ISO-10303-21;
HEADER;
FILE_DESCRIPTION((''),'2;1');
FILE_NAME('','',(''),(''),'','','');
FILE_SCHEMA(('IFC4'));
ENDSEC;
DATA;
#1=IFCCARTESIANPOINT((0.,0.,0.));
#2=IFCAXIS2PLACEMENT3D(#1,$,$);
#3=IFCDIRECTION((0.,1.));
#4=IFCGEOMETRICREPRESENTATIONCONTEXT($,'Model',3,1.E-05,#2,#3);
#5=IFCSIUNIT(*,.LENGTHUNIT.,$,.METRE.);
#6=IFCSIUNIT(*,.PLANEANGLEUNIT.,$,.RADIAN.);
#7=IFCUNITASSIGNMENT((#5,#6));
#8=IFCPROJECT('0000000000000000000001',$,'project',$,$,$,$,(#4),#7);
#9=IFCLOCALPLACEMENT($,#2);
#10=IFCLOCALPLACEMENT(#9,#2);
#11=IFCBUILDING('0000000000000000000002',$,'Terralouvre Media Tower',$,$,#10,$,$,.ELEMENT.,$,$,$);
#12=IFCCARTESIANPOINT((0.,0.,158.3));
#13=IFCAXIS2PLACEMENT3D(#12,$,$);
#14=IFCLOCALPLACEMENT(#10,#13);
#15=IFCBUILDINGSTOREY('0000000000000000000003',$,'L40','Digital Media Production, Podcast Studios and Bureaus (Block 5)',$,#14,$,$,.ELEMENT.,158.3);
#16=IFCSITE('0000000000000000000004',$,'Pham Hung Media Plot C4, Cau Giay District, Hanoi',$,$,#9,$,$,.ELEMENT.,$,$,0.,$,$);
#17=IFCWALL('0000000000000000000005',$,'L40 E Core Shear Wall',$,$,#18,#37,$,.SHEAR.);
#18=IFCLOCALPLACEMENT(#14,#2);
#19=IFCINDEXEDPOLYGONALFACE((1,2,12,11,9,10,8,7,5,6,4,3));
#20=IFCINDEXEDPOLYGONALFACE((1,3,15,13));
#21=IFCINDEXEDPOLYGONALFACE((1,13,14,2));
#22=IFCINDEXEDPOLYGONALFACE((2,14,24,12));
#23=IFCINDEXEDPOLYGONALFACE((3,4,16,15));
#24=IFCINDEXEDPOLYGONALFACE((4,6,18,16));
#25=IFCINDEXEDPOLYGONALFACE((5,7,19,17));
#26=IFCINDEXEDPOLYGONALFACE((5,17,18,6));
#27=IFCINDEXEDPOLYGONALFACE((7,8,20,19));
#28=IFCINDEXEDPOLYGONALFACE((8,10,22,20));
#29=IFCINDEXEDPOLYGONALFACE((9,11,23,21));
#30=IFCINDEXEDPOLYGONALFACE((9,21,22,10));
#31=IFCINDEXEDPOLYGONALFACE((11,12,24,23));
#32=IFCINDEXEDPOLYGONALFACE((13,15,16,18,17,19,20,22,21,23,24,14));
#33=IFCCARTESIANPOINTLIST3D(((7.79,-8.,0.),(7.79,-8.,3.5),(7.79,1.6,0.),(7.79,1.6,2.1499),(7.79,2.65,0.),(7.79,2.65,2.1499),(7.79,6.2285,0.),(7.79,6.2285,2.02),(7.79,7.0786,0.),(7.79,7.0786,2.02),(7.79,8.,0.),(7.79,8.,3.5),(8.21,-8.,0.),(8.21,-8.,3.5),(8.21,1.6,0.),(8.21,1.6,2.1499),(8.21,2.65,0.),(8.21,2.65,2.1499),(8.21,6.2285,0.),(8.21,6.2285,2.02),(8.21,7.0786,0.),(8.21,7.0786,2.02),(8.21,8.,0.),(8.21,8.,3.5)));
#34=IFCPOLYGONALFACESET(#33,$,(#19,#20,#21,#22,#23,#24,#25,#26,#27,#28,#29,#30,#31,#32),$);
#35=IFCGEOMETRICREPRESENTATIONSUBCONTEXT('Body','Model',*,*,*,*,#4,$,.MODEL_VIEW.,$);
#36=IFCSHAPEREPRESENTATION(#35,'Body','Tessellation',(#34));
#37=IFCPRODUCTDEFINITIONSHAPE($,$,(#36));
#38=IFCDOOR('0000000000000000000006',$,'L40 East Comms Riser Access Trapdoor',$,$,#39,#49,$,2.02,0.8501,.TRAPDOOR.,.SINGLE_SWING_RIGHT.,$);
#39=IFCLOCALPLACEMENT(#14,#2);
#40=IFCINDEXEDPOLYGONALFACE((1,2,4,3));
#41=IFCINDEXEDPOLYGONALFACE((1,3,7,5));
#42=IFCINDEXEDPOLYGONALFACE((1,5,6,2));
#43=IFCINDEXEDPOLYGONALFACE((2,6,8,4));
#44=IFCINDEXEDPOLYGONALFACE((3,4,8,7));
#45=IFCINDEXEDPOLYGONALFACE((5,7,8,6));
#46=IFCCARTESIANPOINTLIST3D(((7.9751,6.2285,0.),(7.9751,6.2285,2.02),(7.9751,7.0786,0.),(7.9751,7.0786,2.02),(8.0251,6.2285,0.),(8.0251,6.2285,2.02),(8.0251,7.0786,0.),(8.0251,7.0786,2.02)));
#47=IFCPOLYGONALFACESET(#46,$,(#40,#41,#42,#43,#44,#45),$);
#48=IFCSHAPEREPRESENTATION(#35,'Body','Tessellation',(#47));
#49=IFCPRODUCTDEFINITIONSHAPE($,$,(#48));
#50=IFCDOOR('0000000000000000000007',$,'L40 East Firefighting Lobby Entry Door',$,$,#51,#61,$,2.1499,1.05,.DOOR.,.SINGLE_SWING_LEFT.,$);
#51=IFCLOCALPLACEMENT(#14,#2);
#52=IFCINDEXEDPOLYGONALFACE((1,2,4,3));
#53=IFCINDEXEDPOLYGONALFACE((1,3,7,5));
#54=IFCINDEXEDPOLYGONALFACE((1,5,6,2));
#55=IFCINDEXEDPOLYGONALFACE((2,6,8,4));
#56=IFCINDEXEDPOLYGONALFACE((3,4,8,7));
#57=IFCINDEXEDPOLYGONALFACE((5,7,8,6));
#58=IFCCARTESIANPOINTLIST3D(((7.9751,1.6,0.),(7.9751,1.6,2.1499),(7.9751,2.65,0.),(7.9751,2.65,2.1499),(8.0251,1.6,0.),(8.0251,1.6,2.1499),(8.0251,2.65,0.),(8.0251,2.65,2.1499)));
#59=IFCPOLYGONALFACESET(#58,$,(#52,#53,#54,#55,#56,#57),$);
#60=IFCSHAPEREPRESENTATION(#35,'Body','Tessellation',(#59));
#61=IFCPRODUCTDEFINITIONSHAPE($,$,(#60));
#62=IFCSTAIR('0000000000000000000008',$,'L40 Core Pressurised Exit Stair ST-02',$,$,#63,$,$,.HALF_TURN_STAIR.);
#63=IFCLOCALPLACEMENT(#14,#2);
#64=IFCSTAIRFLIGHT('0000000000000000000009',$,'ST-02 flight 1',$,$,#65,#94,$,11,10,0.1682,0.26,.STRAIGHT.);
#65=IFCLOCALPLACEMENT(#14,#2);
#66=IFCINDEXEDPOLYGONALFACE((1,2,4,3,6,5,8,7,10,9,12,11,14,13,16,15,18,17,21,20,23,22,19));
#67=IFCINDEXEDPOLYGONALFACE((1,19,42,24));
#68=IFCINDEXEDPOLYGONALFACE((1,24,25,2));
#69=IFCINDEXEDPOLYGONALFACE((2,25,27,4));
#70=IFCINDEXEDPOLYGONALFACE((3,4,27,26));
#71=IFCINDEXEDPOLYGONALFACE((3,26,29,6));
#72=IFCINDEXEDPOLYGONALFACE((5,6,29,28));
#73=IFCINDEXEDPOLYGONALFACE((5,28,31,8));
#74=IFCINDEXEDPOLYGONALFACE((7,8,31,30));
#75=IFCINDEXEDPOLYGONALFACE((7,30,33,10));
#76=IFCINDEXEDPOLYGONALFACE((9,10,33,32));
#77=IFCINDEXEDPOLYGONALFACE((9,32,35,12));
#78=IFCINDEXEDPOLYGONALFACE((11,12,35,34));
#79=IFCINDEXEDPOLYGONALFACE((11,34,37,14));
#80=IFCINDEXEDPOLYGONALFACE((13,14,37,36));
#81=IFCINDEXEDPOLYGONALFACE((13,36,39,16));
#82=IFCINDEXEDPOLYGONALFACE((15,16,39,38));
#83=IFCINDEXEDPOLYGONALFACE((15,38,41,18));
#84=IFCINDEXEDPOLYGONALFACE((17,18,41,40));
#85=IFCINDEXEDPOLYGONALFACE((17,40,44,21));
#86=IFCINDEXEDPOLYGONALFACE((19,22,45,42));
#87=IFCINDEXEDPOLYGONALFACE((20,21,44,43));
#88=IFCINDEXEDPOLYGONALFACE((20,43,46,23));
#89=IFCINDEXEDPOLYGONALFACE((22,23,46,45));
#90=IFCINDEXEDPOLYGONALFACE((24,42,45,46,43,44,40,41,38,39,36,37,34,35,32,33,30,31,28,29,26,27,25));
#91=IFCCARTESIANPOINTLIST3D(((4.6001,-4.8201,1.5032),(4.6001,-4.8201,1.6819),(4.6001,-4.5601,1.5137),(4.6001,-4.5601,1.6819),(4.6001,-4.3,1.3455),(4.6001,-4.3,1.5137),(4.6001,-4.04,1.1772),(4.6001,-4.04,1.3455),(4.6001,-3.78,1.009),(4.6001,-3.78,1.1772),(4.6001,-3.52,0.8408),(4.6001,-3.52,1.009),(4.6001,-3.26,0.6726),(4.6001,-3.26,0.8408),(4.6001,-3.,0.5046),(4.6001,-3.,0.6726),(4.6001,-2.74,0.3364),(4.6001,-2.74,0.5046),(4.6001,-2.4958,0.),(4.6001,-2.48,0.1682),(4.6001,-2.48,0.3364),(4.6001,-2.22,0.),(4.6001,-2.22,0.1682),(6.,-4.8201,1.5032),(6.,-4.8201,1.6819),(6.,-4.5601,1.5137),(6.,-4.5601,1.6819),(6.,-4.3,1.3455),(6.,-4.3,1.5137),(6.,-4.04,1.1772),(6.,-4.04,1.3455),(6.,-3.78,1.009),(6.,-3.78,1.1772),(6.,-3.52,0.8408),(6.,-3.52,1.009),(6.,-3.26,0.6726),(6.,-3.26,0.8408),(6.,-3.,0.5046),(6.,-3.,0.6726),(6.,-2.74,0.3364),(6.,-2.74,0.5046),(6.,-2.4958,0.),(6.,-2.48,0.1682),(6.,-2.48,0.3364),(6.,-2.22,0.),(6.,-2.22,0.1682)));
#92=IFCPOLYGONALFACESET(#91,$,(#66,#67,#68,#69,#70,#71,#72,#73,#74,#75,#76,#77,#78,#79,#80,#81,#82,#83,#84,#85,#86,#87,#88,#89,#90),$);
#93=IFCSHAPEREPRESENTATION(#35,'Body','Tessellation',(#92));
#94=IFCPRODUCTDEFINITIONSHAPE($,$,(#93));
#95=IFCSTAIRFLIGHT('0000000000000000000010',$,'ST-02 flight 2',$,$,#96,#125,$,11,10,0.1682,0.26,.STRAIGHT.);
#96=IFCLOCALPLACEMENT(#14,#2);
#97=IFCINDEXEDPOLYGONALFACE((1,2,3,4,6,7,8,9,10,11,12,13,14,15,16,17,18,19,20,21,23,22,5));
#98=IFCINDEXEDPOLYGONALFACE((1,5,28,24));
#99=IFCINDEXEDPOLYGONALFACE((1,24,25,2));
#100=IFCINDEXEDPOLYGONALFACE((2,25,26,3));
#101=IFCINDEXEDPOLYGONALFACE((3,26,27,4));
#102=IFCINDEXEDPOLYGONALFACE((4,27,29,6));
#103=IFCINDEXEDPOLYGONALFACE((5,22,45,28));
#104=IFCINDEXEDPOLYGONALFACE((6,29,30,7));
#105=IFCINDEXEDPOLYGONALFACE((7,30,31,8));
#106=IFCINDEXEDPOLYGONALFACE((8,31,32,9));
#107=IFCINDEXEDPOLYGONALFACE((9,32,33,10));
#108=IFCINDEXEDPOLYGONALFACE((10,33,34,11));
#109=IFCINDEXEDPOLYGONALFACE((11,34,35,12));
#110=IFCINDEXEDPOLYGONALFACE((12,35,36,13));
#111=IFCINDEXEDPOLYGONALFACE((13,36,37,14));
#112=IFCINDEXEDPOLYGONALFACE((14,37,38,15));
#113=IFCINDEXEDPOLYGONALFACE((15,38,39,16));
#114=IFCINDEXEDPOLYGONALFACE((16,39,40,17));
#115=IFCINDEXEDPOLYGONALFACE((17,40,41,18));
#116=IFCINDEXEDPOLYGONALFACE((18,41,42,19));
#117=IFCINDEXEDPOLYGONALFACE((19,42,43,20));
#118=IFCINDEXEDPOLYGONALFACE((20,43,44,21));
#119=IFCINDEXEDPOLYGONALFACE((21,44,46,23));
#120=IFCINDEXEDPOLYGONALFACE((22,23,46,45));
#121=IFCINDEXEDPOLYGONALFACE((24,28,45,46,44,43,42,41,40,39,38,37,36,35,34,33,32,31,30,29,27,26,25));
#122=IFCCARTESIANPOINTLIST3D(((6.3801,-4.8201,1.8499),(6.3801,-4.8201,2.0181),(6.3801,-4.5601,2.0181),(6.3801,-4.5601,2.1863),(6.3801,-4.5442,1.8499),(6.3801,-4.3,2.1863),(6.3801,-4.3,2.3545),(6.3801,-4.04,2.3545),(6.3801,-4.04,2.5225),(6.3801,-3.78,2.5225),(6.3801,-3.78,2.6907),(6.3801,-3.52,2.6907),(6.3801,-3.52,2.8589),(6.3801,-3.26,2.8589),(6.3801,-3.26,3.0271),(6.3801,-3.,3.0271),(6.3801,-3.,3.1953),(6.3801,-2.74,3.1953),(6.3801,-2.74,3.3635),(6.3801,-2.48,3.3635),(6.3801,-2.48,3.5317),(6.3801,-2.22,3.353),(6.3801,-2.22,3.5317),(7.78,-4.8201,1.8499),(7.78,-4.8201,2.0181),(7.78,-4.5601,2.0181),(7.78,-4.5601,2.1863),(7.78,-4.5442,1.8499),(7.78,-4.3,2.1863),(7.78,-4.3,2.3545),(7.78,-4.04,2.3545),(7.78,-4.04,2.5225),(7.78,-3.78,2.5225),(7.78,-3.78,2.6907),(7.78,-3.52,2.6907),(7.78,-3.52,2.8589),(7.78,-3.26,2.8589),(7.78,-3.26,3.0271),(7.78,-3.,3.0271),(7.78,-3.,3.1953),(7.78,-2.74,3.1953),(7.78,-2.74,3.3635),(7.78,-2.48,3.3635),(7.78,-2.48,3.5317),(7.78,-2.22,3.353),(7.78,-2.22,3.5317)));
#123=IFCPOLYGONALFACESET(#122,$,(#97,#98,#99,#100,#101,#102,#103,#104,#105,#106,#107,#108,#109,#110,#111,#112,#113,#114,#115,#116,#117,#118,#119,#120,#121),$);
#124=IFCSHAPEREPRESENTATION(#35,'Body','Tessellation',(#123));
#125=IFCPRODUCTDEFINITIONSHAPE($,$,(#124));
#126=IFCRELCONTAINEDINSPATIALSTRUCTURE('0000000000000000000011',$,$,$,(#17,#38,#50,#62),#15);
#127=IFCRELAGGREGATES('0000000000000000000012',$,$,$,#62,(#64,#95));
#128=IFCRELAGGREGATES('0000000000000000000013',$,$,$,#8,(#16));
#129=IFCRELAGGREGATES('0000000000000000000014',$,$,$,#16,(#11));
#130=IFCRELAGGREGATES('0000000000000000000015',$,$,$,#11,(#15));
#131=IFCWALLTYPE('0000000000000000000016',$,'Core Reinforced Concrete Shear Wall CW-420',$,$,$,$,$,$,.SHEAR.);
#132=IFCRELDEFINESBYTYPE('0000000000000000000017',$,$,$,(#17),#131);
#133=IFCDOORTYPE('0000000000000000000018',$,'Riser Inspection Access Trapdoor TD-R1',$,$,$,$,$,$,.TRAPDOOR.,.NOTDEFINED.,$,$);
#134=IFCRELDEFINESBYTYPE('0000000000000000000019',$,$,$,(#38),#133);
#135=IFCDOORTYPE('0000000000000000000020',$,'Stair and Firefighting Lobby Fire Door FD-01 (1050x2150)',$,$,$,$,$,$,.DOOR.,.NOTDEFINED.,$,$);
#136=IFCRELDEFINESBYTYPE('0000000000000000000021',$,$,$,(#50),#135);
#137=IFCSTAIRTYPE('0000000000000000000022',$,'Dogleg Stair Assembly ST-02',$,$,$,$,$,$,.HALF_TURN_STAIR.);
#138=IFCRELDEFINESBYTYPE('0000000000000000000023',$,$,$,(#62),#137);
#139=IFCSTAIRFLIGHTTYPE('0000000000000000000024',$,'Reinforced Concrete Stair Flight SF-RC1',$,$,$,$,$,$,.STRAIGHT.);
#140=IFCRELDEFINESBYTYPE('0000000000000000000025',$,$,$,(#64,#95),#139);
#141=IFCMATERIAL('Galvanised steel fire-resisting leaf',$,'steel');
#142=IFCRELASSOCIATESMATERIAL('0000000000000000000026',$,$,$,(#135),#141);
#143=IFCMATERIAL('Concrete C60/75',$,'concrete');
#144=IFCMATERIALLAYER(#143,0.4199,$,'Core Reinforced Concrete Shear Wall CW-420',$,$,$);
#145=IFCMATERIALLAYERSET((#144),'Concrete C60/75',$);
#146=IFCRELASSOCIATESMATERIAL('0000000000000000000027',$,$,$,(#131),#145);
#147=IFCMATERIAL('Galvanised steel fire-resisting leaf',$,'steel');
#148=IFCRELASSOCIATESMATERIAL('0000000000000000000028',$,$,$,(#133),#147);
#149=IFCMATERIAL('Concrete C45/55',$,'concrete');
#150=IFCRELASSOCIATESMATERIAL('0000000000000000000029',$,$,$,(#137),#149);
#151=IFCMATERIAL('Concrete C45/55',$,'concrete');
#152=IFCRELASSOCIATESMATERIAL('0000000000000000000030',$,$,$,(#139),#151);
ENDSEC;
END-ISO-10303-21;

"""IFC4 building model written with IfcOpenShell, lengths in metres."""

from ifc_helpers import new_model, si_unit, direction, frame, frame_2d, origin, place, context, subcontext, project, spatial, polyline, rectangle, outline, extrude, material, layer, layer_set, type_object, element, fill, aggregate, save


model = new_model("IFC4")

# Units and contexts
model_context = context("Model", 3, precision=1e-05, world=origin(), true_north=direction((0.0, 1.0)))
body_context = subcontext(model_context, "Body", "Model", "MODEL_VIEW")
ifc_project = project(units=[si_unit("LENGTHUNIT", "METRE"), si_unit("PLANEANGLEUNIT", "RADIAN")], contexts=[model_context])

# Site, building, storey
site_placement = place(None, origin())
site = spatial("IfcSite", under=ifc_project, at=site_placement, Name="Pham Hung Media Plot C4, Cau Giay District, Hanoi", CompositionType="ELEMENT", RefElevation=0.0)
building_placement = place(site_placement, origin())
building = spatial("IfcBuilding", under=site, at=building_placement, Name="Terralouvre Media Tower", CompositionType="ELEMENT")
storey_placement = place(building_placement, frame((0.0, 0.0, 158.3)))
storey = spatial("IfcBuildingStorey", under=building, at=storey_placement, Name="L40", Description="Digital Media Production, Podcast Studios and Bureaus (Block 5)", CompositionType="ELEMENT", Elevation=158.3)

# Shared definitions
ifc_material_1 = material(Name="Galvanised steel fire-resisting leaf", Category="steel")
door_type_1 = type_object("IfcDoorType", Name="Stair and Firefighting Lobby Fire Door FD-01 (1050x2150)", OperationType="NOTDEFINED", PredefinedType="DOOR", material=ifc_material_1)

# Wall, openings, doors
ifc_material_2 = material(Name="Concrete C60/75", Category="concrete")
ifc_layer_1 = layer(ifc_material_2, 0.4199, Name="Core Reinforced Concrete Shear Wall CW-420")
ifc_layer_set_1 = layer_set([ifc_layer_1], Name="Concrete C60/75")
wall_type_1 = type_object("IfcWallType", Name="Core Reinforced Concrete Shear Wall CW-420", PredefinedType="SHEAR", material=ifc_layer_set_1)
wall_1_placement = place(storey_placement, frame((8.0, -8.0, 0.0), z_axis=(0.0, 0.0, 1.0), x_axis=(0.0, 1.0, 0.0)))
wall_1 = element("IfcWall", 1, at=wall_1_placement, inside=storey, type_object=wall_type_1, Name="L40 E Core Shear Wall", PredefinedType="SHEAR", context=body_context, shape_type="SweptSolid", body=[
    extrude(rectangle(XDim=16.0, YDim=0.4199, at=frame_2d((8.0, 0.0))), origin(), (0.0, 0.0, 1.0), 3.5),
])
opening_1_placement = place(wall_1_placement, frame((9.6001, 0.0, 0.0)))
opening_1 = element("IfcOpeningElement", 2, at=opening_1_placement, cuts=wall_1, PredefinedType="OPENING", context=body_context, shape_type="SweptSolid", body=[
    extrude(rectangle(XDim=1.05, YDim=2.1499, at=frame_2d((0.5249, 1.075))), frame((0.0, 0.22, 0.0), z_axis=(0.0, -1.0, 0.0), x_axis=(1.0, 0.0, 0.0)), (0.0, 0.0, 1.0), 0.4399),
])
opening_2_placement = place(wall_1_placement, frame((14.2285, 0.0, 0.0)))
opening_2 = element("IfcOpeningElement", 3, at=opening_2_placement, cuts=wall_1, PredefinedType="OPENING", context=body_context, shape_type="SweptSolid", body=[
    extrude(rectangle(XDim=0.8501, YDim=2.02, at=frame_2d((0.425, 1.01))), frame((0.0, 0.22, 0.0), z_axis=(0.0, -1.0, 0.0), x_axis=(1.0, 0.0, 0.0)), (0.0, 0.0, 1.0), 0.4399),
])
ifc_material_3 = material(Name="Galvanised steel fire-resisting leaf", Category="steel")
door_type_2 = type_object("IfcDoorType", Name="Riser Inspection Access Trapdoor TD-R1", OperationType="NOTDEFINED", PredefinedType="TRAPDOOR", material=ifc_material_3)
door_1_placement = place(opening_2_placement, origin())
door_1 = element("IfcDoor", 4, at=door_1_placement, inside=storey, type_object=door_type_2, Name="L40 East Comms Riser Access Trapdoor", OperationType="SINGLE_SWING_RIGHT", OverallHeight=2.02, OverallWidth=0.8501, PredefinedType="TRAPDOOR", context=body_context, shape_type="SweptSolid", body=[
    extrude(rectangle(XDim=0.8501, YDim=2.02, at=frame_2d((0.425, 1.01))), frame((0.0, 0.0249, 0.0), z_axis=(0.0, -1.0, 0.0), x_axis=(1.0, 0.0, 0.0)), (0.0, 0.0, 1.0), 0.05),
])
fill(opening_2, door_1)
door_2_placement = place(opening_1_placement, origin())
door_2 = element("IfcDoor", 5, at=door_2_placement, inside=storey, type_object=door_type_1, Name="L40 East Firefighting Lobby Entry Door", OperationType="SINGLE_SWING_LEFT", OverallHeight=2.1499, OverallWidth=1.05, PredefinedType="DOOR", context=body_context, shape_type="SweptSolid", body=[
    extrude(rectangle(XDim=1.05, YDim=2.1499, at=frame_2d((0.5249, 1.075))), frame((0.0, 0.0249, 0.0), z_axis=(0.0, -1.0, 0.0), x_axis=(1.0, 0.0, 0.0)), (0.0, 0.0, 1.0), 0.05),
])
fill(opening_1, door_2)

# Stair, stair flights
ifc_material_4 = material(Name="Concrete C45/55", Category="concrete")
stair_type = type_object("IfcStairType", Name="Dogleg Stair Assembly ST-02", PredefinedType="HALF_TURN_STAIR", material=ifc_material_4)
stair_placement = place(storey_placement, origin())
stair = element("IfcStair", 6, at=stair_placement, inside=storey, type_object=stair_type, Name="L40 Core Pressurised Exit Stair ST-02", PredefinedType="HALF_TURN_STAIR")
ifc_material_5 = material(Name="Concrete C45/55", Category="concrete")
stair_flight_type = type_object("IfcStairFlightType", Name="Reinforced Concrete Stair Flight SF-RC1", PredefinedType="STRAIGHT", material=ifc_material_5)
stair_flight_1_placement = place(storey_placement, frame((5.3, -2.22, 0.0), z_axis=(0.0, 0.0, 1.0), x_axis=(0.0, -1.0, 0.0)))
stair_flight_1 = element("IfcStairFlight", 7, at=stair_flight_1_placement, type_object=stair_flight_type, Name="ST-02 flight 1", NumberOfRisers=11, NumberOfTreads=10, PredefinedType="STRAIGHT", RiserHeight=0.1682, TreadLength=0.26, context=body_context, shape_type="SweptSolid", body=[
    extrude(outline(polyline([(0.0, 0.0), (0.0, 0.1682), (0.26, 0.1682), (0.26, 0.3364), (0.52, 0.3364), (0.52, 0.5046), (0.78, 0.5046), (0.78, 0.6726), (1.04, 0.6726), (1.04, 0.8408), (1.3, 0.8408), (1.3, 1.009), (1.5601, 1.009), (1.5601, 1.1772), (1.8201, 1.1772), (1.8201, 1.3455), (2.0801, 1.3455), (2.0801, 1.5137), (2.3401, 1.5137), (2.3401, 1.6819), (2.6001, 1.6819), (2.6001, 1.8501), (2.6001, 1.5032), (0.2759, 0.0), (0.0, 0.0)])), frame((0.0, 0.7, 0.0), z_axis=(0.0, -1.0, 0.0), x_axis=(1.0, 0.0, 0.0)), (0.0, 0.0, 1.0), 1.3999),
])
stair_flight_2_placement = place(storey_placement, frame((7.0801, -4.8201, 1.8499), z_axis=(0.0, 0.0, 1.0), x_axis=(0.0, 1.0, 0.0)))
stair_flight_2 = element("IfcStairFlight", 8, at=stair_flight_2_placement, type_object=stair_flight_type, Name="ST-02 flight 2", NumberOfRisers=11, NumberOfTreads=10, PredefinedType="STRAIGHT", RiserHeight=0.1682, TreadLength=0.26, context=body_context, shape_type="SweptSolid", body=[
    extrude(outline(polyline([(0.0, 0.0), (0.0, 0.1682), (0.26, 0.1682), (0.26, 0.3364), (0.52, 0.3364), (0.52, 0.5046), (0.78, 0.5046), (0.78, 0.6726), (1.04, 0.6726), (1.04, 0.8408), (1.3, 0.8408), (1.3, 1.009), (1.5601, 1.009), (1.5601, 1.1772), (1.8201, 1.1772), (1.8201, 1.3455), (2.0801, 1.3455), (2.0801, 1.5137), (2.3401, 1.5137), (2.3401, 1.6819), (2.6001, 1.6819), (2.6001, 1.8501), (2.6001, 1.5032), (0.2759, 0.0), (0.0, 0.0)])), frame((0.0, 0.7, 0.0), z_axis=(0.0, -1.0, 0.0), x_axis=(1.0, 0.0, 0.0)), (0.0, 0.0, 1.0), 1.3999),
])
aggregate(stair, [stair_flight_1, stair_flight_2])

save(model, "model.ifc")
